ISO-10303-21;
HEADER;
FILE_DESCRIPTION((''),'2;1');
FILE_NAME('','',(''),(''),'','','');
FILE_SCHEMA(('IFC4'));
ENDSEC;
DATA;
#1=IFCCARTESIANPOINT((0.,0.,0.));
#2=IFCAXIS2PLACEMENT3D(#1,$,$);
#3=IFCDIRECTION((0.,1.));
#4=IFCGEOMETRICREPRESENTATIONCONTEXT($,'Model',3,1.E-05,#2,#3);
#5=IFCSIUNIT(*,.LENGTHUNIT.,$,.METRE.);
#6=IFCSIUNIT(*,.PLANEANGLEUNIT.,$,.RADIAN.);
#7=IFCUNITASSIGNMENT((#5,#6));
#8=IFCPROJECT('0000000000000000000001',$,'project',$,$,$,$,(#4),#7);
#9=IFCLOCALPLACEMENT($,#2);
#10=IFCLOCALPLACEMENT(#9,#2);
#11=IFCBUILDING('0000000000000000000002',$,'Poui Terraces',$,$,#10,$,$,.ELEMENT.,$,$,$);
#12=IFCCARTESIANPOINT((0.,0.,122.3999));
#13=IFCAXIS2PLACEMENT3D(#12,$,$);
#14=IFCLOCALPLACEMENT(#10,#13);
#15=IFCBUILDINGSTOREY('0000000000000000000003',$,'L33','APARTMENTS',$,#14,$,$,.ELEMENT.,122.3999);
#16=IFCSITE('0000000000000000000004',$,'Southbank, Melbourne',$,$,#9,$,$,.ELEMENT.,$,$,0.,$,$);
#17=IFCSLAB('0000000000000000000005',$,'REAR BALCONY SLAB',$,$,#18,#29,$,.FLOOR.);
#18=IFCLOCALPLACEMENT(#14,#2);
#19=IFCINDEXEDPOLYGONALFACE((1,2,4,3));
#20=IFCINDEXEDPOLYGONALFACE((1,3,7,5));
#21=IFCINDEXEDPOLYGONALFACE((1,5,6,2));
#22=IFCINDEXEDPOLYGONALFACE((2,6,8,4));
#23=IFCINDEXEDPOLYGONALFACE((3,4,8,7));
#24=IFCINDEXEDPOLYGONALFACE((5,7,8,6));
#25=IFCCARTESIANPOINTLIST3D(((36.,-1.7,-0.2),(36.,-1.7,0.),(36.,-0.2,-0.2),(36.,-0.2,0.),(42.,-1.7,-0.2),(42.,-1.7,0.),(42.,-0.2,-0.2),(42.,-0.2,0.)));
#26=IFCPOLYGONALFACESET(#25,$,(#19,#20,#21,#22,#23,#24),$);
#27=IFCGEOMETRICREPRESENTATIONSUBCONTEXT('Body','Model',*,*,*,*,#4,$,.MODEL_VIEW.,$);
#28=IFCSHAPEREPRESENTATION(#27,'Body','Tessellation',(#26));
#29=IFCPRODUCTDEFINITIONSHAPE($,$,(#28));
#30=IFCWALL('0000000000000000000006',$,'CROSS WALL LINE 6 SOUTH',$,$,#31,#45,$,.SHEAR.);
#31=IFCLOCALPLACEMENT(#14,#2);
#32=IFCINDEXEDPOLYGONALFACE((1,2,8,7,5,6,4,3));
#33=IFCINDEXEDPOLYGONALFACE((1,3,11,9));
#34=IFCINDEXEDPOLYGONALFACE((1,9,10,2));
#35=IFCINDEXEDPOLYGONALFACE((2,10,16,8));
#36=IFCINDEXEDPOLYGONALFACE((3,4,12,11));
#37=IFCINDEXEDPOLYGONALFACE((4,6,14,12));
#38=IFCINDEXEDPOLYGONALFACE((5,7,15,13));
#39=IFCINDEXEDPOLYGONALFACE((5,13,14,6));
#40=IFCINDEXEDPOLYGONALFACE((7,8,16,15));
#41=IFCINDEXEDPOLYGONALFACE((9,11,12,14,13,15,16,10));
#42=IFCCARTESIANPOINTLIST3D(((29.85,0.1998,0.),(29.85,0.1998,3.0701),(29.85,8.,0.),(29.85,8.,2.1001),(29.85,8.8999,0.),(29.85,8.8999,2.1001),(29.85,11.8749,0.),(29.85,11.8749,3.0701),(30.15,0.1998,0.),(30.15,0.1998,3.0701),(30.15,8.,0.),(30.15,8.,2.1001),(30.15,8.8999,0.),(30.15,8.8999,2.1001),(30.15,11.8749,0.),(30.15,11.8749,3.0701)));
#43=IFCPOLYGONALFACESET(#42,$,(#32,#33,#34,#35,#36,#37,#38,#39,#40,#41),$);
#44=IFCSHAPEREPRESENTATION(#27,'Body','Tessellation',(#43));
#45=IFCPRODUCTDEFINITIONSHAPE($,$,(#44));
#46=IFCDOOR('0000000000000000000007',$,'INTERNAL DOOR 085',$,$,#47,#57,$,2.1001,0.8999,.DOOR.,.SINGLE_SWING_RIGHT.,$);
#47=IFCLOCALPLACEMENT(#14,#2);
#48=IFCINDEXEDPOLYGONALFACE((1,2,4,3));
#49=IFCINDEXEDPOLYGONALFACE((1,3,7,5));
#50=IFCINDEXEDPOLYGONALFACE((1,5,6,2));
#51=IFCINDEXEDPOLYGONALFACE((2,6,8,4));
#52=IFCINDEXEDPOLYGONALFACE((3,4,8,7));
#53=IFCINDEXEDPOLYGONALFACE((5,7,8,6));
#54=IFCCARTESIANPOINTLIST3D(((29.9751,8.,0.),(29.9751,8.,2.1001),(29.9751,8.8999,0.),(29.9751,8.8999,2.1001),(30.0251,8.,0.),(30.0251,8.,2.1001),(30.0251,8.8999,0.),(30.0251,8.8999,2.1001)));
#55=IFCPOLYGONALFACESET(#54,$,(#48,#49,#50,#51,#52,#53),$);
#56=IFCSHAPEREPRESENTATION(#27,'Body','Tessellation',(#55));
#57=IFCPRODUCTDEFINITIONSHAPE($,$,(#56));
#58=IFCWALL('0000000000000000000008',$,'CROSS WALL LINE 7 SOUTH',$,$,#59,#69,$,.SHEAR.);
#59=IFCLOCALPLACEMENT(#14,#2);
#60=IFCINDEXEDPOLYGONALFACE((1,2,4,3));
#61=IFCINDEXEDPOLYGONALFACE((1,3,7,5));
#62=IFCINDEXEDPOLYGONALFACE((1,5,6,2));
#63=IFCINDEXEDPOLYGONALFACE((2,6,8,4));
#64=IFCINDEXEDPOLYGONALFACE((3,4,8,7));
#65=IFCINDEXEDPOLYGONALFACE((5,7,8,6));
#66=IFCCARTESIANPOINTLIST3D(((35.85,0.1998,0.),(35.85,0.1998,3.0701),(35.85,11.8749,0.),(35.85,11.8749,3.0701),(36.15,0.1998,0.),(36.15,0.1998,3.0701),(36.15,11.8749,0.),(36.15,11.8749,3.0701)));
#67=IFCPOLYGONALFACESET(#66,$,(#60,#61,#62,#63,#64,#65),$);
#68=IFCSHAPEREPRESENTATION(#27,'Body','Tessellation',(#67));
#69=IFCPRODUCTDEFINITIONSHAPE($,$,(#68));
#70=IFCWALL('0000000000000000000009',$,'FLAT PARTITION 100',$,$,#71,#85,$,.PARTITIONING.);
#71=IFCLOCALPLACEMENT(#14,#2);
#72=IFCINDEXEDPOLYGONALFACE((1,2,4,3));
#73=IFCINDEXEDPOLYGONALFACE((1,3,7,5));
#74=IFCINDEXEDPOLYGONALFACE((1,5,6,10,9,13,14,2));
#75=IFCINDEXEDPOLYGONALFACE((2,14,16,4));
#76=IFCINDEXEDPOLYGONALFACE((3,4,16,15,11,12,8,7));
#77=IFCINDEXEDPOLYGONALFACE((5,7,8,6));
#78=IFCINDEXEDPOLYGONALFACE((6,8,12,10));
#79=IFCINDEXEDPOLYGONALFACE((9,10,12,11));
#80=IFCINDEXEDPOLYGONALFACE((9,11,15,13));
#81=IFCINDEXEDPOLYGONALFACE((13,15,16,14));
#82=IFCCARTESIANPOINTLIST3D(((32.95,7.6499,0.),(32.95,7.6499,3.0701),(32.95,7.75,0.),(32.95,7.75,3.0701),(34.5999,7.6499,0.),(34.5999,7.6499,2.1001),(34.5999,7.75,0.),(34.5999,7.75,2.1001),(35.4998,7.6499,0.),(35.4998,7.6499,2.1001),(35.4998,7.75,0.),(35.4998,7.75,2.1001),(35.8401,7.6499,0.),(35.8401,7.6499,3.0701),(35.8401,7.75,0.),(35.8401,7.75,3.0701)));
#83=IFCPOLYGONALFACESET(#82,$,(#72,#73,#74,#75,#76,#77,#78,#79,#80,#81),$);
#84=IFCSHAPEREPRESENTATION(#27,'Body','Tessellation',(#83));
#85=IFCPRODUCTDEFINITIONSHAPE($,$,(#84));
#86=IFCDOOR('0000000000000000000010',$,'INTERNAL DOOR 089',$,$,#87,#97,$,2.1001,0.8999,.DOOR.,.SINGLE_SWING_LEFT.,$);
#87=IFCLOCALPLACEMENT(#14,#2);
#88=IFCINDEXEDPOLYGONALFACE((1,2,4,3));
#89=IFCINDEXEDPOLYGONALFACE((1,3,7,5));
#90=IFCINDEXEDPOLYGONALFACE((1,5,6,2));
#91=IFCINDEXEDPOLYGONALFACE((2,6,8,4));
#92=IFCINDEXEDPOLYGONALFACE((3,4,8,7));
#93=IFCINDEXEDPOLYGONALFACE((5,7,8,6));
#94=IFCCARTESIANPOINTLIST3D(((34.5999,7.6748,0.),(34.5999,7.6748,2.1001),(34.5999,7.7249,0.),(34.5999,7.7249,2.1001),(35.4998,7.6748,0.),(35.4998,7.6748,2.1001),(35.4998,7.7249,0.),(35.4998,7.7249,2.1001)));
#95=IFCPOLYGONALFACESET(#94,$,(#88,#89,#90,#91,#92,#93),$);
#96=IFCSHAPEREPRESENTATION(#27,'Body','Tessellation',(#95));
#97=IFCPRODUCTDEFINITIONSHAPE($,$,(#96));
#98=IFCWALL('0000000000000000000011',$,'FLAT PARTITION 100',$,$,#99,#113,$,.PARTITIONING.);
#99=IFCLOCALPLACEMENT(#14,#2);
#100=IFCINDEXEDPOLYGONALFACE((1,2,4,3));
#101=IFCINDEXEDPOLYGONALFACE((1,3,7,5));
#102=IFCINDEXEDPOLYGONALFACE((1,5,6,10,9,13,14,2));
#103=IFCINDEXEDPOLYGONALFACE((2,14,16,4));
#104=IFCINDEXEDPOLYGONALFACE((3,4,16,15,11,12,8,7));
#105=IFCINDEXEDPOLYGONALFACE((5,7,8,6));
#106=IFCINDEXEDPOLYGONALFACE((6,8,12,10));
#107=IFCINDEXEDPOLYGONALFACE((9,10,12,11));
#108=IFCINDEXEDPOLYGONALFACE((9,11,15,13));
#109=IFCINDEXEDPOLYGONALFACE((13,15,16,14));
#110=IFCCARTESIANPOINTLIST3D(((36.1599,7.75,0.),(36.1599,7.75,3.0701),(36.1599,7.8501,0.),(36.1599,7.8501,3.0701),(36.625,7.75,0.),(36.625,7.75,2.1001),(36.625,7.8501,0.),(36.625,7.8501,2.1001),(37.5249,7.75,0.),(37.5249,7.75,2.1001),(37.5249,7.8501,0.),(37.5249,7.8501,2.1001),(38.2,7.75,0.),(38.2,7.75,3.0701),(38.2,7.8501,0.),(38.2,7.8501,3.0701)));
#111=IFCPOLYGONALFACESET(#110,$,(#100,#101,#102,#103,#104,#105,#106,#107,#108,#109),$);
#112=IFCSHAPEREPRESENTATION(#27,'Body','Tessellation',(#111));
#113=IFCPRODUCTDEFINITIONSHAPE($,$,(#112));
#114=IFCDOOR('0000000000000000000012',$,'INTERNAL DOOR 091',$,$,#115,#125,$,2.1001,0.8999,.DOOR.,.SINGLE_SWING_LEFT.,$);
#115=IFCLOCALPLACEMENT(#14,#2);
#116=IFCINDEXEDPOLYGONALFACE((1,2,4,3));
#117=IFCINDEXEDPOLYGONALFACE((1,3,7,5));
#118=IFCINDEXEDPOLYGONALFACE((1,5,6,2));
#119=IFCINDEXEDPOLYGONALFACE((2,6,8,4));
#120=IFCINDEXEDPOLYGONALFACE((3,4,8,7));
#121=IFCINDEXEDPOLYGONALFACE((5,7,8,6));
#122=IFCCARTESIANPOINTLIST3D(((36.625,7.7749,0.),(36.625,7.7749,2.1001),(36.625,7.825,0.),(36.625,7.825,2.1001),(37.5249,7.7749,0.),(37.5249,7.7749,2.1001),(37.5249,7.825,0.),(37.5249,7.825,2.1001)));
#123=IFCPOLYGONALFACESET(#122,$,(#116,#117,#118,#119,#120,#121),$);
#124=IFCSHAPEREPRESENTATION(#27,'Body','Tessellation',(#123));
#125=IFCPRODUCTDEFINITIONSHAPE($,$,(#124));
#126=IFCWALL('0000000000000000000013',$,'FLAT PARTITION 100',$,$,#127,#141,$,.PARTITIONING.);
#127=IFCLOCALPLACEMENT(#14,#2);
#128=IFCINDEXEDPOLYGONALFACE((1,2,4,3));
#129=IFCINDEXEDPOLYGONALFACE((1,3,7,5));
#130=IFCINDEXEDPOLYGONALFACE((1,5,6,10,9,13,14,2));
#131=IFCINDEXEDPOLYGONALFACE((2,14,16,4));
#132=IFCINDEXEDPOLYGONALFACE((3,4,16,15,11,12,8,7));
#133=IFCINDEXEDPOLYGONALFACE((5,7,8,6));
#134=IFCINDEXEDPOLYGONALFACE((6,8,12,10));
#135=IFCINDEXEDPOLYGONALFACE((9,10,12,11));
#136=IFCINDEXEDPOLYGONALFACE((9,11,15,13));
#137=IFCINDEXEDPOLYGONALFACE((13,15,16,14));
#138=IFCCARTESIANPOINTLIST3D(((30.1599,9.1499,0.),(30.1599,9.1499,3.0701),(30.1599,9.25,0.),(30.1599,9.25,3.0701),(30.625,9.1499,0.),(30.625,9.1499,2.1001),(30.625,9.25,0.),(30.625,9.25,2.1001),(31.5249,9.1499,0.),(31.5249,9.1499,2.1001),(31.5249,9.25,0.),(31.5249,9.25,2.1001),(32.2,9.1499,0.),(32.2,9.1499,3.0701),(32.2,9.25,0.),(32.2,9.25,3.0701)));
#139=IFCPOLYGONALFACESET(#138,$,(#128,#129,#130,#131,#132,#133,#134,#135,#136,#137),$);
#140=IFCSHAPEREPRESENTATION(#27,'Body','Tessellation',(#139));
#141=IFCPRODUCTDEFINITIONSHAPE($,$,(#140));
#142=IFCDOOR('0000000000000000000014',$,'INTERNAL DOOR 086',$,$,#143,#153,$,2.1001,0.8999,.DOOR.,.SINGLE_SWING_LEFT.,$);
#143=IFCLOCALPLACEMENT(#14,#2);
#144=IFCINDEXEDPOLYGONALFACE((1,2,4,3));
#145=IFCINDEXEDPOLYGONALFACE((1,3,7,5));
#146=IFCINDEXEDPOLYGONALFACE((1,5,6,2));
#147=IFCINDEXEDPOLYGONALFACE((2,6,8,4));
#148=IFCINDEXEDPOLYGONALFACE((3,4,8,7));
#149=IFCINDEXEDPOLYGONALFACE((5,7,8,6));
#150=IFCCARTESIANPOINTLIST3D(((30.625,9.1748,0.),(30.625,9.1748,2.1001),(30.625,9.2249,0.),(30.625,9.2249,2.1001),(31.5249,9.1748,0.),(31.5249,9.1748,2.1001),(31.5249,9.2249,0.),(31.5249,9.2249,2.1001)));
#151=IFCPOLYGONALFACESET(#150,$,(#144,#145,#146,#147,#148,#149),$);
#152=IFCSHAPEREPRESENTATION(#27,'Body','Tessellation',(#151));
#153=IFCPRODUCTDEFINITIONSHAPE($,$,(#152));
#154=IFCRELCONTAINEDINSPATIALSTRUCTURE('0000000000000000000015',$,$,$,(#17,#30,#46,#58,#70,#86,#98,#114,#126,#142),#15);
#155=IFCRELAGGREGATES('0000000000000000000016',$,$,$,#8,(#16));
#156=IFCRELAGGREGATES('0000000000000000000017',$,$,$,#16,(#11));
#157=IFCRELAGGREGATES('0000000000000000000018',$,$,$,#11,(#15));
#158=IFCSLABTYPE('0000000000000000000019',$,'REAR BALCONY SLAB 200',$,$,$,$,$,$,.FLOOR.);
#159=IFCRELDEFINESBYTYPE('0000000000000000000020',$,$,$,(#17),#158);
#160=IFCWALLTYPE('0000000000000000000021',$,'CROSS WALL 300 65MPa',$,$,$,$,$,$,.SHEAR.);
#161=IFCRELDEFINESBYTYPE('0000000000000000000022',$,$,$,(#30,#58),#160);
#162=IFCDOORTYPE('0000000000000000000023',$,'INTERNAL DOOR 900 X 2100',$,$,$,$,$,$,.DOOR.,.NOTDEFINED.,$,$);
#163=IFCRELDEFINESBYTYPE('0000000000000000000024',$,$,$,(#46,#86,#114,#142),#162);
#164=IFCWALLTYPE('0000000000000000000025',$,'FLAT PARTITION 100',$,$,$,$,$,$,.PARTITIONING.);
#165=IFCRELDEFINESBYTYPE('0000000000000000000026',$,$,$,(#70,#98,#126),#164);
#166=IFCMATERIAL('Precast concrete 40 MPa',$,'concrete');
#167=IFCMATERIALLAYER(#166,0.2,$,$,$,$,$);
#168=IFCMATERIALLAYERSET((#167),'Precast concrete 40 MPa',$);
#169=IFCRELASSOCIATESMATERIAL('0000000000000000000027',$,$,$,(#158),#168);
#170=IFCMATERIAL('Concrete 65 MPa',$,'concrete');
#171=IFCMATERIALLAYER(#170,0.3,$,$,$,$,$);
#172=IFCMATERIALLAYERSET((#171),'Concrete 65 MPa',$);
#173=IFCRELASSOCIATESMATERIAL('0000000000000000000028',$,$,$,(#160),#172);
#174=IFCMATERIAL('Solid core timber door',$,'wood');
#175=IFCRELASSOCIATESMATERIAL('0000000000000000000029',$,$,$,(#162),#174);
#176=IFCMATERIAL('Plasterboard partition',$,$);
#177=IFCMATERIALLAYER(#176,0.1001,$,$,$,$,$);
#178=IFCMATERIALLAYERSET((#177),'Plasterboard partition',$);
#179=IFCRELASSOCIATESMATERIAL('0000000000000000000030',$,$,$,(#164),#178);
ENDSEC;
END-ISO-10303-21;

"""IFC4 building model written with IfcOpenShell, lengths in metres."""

from ifc_helpers import new_model, si_unit, direction, frame, frame_2d, origin, place, context, subcontext, project, spatial, polyline, rectangle, outline, extrude, source, transform, mapped, material, layer, layer_set, type_object, element, fill, save


model = new_model("IFC4")

# Units and contexts
model_context = context("Model", 3, precision=1e-05, world=origin(), true_north=direction((0.0, 1.0)))
body_context = subcontext(model_context, "Body", "Model", "MODEL_VIEW")
ifc_project = project(units=[si_unit("LENGTHUNIT", "METRE"), si_unit("PLANEANGLEUNIT", "RADIAN")], contexts=[model_context])

# Site, building, storey
site_placement = place(None, origin())
site = spatial("IfcSite", under=ifc_project, at=site_placement, Name="Southbank, Melbourne", CompositionType="ELEMENT", RefElevation=0.0)
building_placement = place(site_placement, origin())
building = spatial("IfcBuilding", under=site, at=building_placement, Name="Poui Terraces", CompositionType="ELEMENT")
storey_placement = place(building_placement, frame((0.0, 0.0, 122.3999)))
storey = spatial("IfcBuildingStorey", under=building, at=storey_placement, Name="L33", Description="APARTMENTS", CompositionType="ELEMENT", Elevation=122.3999)

# Slab
ifc_material_1 = material(Name="Precast concrete 40 MPa", Category="concrete")
ifc_layer_1 = layer(ifc_material_1, 0.2)
ifc_layer_set_1 = layer_set([ifc_layer_1], Name="Precast concrete 40 MPa")
slab_type = type_object("IfcSlabType", Name="REAR BALCONY SLAB 200", PredefinedType="FLOOR", material=ifc_layer_set_1)
shared_shape_1 = source(origin(), body_context, "Body", "SweptSolid", [
    extrude(outline(polyline([(0.0, 0.0), (6.0, 0.0), (6.0, 1.5), (0.0, 1.5), (0.0, 0.0)])), origin(), (0.0, 0.0, 1.0), 0.2),
])
slab_placement = place(storey_placement, frame((36.0, -1.7, -0.2)))
element("IfcSlab", 1, at=slab_placement, inside=storey, type_object=slab_type, Name="REAR BALCONY SLAB", PredefinedType="FLOOR", context=body_context, shape_type="MappedRepresentation", body=[
    mapped(shared_shape_1, transform((0.0, 0.0, 0.0))),
])

# Wall, opening, door
ifc_material_2 = material(Name="Concrete 65 MPa", Category="concrete")
ifc_layer_2 = layer(ifc_material_2, 0.3)
ifc_layer_set_2 = layer_set([ifc_layer_2], Name="Concrete 65 MPa")
wall_type_1 = type_object("IfcWallType", Name="CROSS WALL 300 65MPa", PredefinedType="SHEAR", material=ifc_layer_set_2)
wall_1_placement = place(storey_placement, frame((30.0, 0.2, 0.0), z_axis=(0.0, 0.0, 1.0), x_axis=(0.0, 1.0, 0.0)))
wall_1 = element("IfcWall", 2, at=wall_1_placement, inside=storey, type_object=wall_type_1, Name="CROSS WALL LINE 6 SOUTH", PredefinedType="SHEAR", context=body_context, shape_type="SweptSolid", body=[
    extrude(rectangle(XDim=11.675, YDim=0.3, at=frame_2d((5.8374, 0.0))), origin(), (0.0, 0.0, 1.0), 3.0701),
])
opening_1_placement = place(wall_1_placement, frame((7.8, 0.0, 0.0)))
opening_1 = element("IfcOpeningElement", 3, at=opening_1_placement, cuts=wall_1, PredefinedType="OPENING", context=body_context, shape_type="SweptSolid", body=[
    extrude(rectangle(XDim=0.8999, YDim=2.1001, at=frame_2d((0.45, 1.05))), frame((0.0, 0.1602, 0.0), z_axis=(0.0, -1.0, 0.0), x_axis=(1.0, 0.0, 0.0)), (0.0, 0.0, 1.0), 0.3201),
])
ifc_material_3 = material(Name="Solid core timber door", Category="wood")
door_type_1 = type_object("IfcDoorType", Name="INTERNAL DOOR 900 X 2100", OperationType="NOTDEFINED", PredefinedType="DOOR", material=ifc_material_3)
door_1_placement = place(opening_1_placement, origin())
door_1 = element("IfcDoor", 4, at=door_1_placement, inside=storey, type_object=door_type_1, Name="INTERNAL DOOR 085", OperationType="SINGLE_SWING_RIGHT", OverallHeight=2.1001, OverallWidth=0.8999, PredefinedType="DOOR", context=body_context, shape_type="SweptSolid", body=[
    extrude(rectangle(XDim=0.8999, YDim=2.1001, at=frame_2d((0.45, 1.05))), frame((0.0, 0.0249, 0.0), z_axis=(0.0, -1.0, 0.0), x_axis=(1.0, 0.0, 0.0)), (0.0, 0.0, 1.0), 0.05),
])
fill(opening_1, door_1)

# Wall
wall_2_placement = place(storey_placement, frame((36.0, 0.2, 0.0), z_axis=(0.0, 0.0, 1.0), x_axis=(0.0, 1.0, 0.0)))
element("IfcWall", 5, at=wall_2_placement, inside=storey, type_object=wall_type_1, Name="CROSS WALL LINE 7 SOUTH", PredefinedType="SHEAR", context=body_context, shape_type="SweptSolid", body=[
    extrude(rectangle(XDim=11.675, YDim=0.3, at=frame_2d((5.8374, 0.0))), origin(), (0.0, 0.0, 1.0), 3.0701),
])

# Walls, openings, doors
ifc_material_4 = material(Name="Plasterboard partition")
ifc_layer_3 = layer(ifc_material_4, 0.1001)
ifc_layer_set_3 = layer_set([ifc_layer_3], Name="Plasterboard partition")
wall_type_2 = type_object("IfcWallType", Name="FLAT PARTITION 100", PredefinedType="PARTITIONING", material=ifc_layer_set_3)
wall_3_placement = place(storey_placement, frame((32.95, 7.7, 0.0), z_axis=(0.0, 0.0, 1.0), x_axis=(1.0, 0.0, 0.0)))
wall_3 = element("IfcWall", 6, at=wall_3_placement, inside=storey, type_object=wall_type_2, Name="FLAT PARTITION 100", PredefinedType="PARTITIONING", context=body_context, shape_type="SweptSolid", body=[
    extrude(rectangle(XDim=2.8901, YDim=0.1001, at=frame_2d((1.4451, 0.0))), origin(), (0.0, 0.0, 1.0), 3.0701),
])
opening_2_placement = place(wall_3_placement, frame((1.6499, 0.0, 0.0)))
opening_2 = element("IfcOpeningElement", 7, at=opening_2_placement, cuts=wall_3, PredefinedType="OPENING", context=body_context, shape_type="SweptSolid", body=[
    extrude(rectangle(XDim=0.8999, YDim=2.1001, at=frame_2d((0.45, 1.05))), frame((0.0, 0.0601, 0.0), z_axis=(0.0, -1.0, 0.0), x_axis=(1.0, 0.0, 0.0)), (0.0, 0.0, 1.0), 0.1201),
])
door_2_placement = place(opening_2_placement, origin())
door_2 = element("IfcDoor", 8, at=door_2_placement, inside=storey, type_object=door_type_1, Name="INTERNAL DOOR 089", OperationType="SINGLE_SWING_LEFT", OverallHeight=2.1001, OverallWidth=0.8999, PredefinedType="DOOR", context=body_context, shape_type="SweptSolid", body=[
    extrude(rectangle(XDim=0.8999, YDim=2.1001, at=frame_2d((0.45, 1.05))), frame((0.0, 0.0249, 0.0), z_axis=(0.0, -1.0, 0.0), x_axis=(1.0, 0.0, 0.0)), (0.0, 0.0, 1.0), 0.05),
])
fill(opening_2, door_2)
wall_4_placement = place(storey_placement, frame((36.1599, 7.8, 0.0), z_axis=(0.0, 0.0, 1.0), x_axis=(1.0, 0.0, 0.0)))
wall_4 = element("IfcWall", 9, at=wall_4_placement, inside=storey, type_object=wall_type_2, Name="FLAT PARTITION 100", PredefinedType="PARTITIONING", context=body_context, shape_type="SweptSolid", body=[
    extrude(rectangle(XDim=2.04, YDim=0.1001, at=frame_2d((1.02, 0.0))), origin(), (0.0, 0.0, 1.0), 3.0701),
])
opening_3_placement = place(wall_4_placement, frame((0.4651, 0.0, 0.0)))
opening_3 = element("IfcOpeningElement", 10, at=opening_3_placement, cuts=wall_4, PredefinedType="OPENING", context=body_context, shape_type="SweptSolid", body=[
    extrude(rectangle(XDim=0.8999, YDim=2.1001, at=frame_2d((0.45, 1.05))), frame((0.0, 0.0601, 0.0), z_axis=(0.0, -1.0, 0.0), x_axis=(1.0, 0.0, 0.0)), (0.0, 0.0, 1.0), 0.1201),
])
door_3_placement = place(opening_3_placement, origin())
door_3 = element("IfcDoor", 11, at=door_3_placement, inside=storey, type_object=door_type_1, Name="INTERNAL DOOR 091", OperationType="SINGLE_SWING_LEFT", OverallHeight=2.1001, OverallWidth=0.8999, PredefinedType="DOOR", context=body_context, shape_type="SweptSolid", body=[
    extrude(rectangle(XDim=0.8999, YDim=2.1001, at=frame_2d((0.45, 1.05))), frame((0.0, 0.0249, 0.0), z_axis=(0.0, -1.0, 0.0), x_axis=(1.0, 0.0, 0.0)), (0.0, 0.0, 1.0), 0.05),
])
fill(opening_3, door_3)
wall_5_placement = place(storey_placement, frame((30.1599, 9.2, 0.0), z_axis=(0.0, 0.0, 1.0), x_axis=(1.0, 0.0, 0.0)))
wall_5 = element("IfcWall", 12, at=wall_5_placement, inside=storey, type_object=wall_type_2, Name="FLAT PARTITION 100", PredefinedType="PARTITIONING", context=body_context, shape_type="SweptSolid", body=[
    extrude(rectangle(XDim=2.04, YDim=0.1001, at=frame_2d((1.02, 0.0))), origin(), (0.0, 0.0, 1.0), 3.0701),
])
opening_4_placement = place(wall_5_placement, frame((0.4651, 0.0, 0.0)))
opening_4 = element("IfcOpeningElement", 13, at=opening_4_placement, cuts=wall_5, PredefinedType="OPENING", context=body_context, shape_type="SweptSolid", body=[
    extrude(rectangle(XDim=0.8999, YDim=2.1001, at=frame_2d((0.45, 1.05))), frame((0.0, 0.0601, 0.0), z_axis=(0.0, -1.0, 0.0), x_axis=(1.0, 0.0, 0.0)), (0.0, 0.0, 1.0), 0.1201),
])
door_4_placement = place(opening_4_placement, origin())
door_4 = element("IfcDoor", 14, at=door_4_placement, inside=storey, type_object=door_type_1, Name="INTERNAL DOOR 086", OperationType="SINGLE_SWING_LEFT", OverallHeight=2.1001, OverallWidth=0.8999, PredefinedType="DOOR", context=body_context, shape_type="SweptSolid", body=[
    extrude(rectangle(XDim=0.8999, YDim=2.1001, at=frame_2d((0.45, 1.05))), frame((0.0, 0.0249, 0.0), z_axis=(0.0, -1.0, 0.0), x_axis=(1.0, 0.0, 0.0)), (0.0, 0.0, 1.0), 0.05),
])
fill(opening_4, door_4)

save(model, "model.ifc")
